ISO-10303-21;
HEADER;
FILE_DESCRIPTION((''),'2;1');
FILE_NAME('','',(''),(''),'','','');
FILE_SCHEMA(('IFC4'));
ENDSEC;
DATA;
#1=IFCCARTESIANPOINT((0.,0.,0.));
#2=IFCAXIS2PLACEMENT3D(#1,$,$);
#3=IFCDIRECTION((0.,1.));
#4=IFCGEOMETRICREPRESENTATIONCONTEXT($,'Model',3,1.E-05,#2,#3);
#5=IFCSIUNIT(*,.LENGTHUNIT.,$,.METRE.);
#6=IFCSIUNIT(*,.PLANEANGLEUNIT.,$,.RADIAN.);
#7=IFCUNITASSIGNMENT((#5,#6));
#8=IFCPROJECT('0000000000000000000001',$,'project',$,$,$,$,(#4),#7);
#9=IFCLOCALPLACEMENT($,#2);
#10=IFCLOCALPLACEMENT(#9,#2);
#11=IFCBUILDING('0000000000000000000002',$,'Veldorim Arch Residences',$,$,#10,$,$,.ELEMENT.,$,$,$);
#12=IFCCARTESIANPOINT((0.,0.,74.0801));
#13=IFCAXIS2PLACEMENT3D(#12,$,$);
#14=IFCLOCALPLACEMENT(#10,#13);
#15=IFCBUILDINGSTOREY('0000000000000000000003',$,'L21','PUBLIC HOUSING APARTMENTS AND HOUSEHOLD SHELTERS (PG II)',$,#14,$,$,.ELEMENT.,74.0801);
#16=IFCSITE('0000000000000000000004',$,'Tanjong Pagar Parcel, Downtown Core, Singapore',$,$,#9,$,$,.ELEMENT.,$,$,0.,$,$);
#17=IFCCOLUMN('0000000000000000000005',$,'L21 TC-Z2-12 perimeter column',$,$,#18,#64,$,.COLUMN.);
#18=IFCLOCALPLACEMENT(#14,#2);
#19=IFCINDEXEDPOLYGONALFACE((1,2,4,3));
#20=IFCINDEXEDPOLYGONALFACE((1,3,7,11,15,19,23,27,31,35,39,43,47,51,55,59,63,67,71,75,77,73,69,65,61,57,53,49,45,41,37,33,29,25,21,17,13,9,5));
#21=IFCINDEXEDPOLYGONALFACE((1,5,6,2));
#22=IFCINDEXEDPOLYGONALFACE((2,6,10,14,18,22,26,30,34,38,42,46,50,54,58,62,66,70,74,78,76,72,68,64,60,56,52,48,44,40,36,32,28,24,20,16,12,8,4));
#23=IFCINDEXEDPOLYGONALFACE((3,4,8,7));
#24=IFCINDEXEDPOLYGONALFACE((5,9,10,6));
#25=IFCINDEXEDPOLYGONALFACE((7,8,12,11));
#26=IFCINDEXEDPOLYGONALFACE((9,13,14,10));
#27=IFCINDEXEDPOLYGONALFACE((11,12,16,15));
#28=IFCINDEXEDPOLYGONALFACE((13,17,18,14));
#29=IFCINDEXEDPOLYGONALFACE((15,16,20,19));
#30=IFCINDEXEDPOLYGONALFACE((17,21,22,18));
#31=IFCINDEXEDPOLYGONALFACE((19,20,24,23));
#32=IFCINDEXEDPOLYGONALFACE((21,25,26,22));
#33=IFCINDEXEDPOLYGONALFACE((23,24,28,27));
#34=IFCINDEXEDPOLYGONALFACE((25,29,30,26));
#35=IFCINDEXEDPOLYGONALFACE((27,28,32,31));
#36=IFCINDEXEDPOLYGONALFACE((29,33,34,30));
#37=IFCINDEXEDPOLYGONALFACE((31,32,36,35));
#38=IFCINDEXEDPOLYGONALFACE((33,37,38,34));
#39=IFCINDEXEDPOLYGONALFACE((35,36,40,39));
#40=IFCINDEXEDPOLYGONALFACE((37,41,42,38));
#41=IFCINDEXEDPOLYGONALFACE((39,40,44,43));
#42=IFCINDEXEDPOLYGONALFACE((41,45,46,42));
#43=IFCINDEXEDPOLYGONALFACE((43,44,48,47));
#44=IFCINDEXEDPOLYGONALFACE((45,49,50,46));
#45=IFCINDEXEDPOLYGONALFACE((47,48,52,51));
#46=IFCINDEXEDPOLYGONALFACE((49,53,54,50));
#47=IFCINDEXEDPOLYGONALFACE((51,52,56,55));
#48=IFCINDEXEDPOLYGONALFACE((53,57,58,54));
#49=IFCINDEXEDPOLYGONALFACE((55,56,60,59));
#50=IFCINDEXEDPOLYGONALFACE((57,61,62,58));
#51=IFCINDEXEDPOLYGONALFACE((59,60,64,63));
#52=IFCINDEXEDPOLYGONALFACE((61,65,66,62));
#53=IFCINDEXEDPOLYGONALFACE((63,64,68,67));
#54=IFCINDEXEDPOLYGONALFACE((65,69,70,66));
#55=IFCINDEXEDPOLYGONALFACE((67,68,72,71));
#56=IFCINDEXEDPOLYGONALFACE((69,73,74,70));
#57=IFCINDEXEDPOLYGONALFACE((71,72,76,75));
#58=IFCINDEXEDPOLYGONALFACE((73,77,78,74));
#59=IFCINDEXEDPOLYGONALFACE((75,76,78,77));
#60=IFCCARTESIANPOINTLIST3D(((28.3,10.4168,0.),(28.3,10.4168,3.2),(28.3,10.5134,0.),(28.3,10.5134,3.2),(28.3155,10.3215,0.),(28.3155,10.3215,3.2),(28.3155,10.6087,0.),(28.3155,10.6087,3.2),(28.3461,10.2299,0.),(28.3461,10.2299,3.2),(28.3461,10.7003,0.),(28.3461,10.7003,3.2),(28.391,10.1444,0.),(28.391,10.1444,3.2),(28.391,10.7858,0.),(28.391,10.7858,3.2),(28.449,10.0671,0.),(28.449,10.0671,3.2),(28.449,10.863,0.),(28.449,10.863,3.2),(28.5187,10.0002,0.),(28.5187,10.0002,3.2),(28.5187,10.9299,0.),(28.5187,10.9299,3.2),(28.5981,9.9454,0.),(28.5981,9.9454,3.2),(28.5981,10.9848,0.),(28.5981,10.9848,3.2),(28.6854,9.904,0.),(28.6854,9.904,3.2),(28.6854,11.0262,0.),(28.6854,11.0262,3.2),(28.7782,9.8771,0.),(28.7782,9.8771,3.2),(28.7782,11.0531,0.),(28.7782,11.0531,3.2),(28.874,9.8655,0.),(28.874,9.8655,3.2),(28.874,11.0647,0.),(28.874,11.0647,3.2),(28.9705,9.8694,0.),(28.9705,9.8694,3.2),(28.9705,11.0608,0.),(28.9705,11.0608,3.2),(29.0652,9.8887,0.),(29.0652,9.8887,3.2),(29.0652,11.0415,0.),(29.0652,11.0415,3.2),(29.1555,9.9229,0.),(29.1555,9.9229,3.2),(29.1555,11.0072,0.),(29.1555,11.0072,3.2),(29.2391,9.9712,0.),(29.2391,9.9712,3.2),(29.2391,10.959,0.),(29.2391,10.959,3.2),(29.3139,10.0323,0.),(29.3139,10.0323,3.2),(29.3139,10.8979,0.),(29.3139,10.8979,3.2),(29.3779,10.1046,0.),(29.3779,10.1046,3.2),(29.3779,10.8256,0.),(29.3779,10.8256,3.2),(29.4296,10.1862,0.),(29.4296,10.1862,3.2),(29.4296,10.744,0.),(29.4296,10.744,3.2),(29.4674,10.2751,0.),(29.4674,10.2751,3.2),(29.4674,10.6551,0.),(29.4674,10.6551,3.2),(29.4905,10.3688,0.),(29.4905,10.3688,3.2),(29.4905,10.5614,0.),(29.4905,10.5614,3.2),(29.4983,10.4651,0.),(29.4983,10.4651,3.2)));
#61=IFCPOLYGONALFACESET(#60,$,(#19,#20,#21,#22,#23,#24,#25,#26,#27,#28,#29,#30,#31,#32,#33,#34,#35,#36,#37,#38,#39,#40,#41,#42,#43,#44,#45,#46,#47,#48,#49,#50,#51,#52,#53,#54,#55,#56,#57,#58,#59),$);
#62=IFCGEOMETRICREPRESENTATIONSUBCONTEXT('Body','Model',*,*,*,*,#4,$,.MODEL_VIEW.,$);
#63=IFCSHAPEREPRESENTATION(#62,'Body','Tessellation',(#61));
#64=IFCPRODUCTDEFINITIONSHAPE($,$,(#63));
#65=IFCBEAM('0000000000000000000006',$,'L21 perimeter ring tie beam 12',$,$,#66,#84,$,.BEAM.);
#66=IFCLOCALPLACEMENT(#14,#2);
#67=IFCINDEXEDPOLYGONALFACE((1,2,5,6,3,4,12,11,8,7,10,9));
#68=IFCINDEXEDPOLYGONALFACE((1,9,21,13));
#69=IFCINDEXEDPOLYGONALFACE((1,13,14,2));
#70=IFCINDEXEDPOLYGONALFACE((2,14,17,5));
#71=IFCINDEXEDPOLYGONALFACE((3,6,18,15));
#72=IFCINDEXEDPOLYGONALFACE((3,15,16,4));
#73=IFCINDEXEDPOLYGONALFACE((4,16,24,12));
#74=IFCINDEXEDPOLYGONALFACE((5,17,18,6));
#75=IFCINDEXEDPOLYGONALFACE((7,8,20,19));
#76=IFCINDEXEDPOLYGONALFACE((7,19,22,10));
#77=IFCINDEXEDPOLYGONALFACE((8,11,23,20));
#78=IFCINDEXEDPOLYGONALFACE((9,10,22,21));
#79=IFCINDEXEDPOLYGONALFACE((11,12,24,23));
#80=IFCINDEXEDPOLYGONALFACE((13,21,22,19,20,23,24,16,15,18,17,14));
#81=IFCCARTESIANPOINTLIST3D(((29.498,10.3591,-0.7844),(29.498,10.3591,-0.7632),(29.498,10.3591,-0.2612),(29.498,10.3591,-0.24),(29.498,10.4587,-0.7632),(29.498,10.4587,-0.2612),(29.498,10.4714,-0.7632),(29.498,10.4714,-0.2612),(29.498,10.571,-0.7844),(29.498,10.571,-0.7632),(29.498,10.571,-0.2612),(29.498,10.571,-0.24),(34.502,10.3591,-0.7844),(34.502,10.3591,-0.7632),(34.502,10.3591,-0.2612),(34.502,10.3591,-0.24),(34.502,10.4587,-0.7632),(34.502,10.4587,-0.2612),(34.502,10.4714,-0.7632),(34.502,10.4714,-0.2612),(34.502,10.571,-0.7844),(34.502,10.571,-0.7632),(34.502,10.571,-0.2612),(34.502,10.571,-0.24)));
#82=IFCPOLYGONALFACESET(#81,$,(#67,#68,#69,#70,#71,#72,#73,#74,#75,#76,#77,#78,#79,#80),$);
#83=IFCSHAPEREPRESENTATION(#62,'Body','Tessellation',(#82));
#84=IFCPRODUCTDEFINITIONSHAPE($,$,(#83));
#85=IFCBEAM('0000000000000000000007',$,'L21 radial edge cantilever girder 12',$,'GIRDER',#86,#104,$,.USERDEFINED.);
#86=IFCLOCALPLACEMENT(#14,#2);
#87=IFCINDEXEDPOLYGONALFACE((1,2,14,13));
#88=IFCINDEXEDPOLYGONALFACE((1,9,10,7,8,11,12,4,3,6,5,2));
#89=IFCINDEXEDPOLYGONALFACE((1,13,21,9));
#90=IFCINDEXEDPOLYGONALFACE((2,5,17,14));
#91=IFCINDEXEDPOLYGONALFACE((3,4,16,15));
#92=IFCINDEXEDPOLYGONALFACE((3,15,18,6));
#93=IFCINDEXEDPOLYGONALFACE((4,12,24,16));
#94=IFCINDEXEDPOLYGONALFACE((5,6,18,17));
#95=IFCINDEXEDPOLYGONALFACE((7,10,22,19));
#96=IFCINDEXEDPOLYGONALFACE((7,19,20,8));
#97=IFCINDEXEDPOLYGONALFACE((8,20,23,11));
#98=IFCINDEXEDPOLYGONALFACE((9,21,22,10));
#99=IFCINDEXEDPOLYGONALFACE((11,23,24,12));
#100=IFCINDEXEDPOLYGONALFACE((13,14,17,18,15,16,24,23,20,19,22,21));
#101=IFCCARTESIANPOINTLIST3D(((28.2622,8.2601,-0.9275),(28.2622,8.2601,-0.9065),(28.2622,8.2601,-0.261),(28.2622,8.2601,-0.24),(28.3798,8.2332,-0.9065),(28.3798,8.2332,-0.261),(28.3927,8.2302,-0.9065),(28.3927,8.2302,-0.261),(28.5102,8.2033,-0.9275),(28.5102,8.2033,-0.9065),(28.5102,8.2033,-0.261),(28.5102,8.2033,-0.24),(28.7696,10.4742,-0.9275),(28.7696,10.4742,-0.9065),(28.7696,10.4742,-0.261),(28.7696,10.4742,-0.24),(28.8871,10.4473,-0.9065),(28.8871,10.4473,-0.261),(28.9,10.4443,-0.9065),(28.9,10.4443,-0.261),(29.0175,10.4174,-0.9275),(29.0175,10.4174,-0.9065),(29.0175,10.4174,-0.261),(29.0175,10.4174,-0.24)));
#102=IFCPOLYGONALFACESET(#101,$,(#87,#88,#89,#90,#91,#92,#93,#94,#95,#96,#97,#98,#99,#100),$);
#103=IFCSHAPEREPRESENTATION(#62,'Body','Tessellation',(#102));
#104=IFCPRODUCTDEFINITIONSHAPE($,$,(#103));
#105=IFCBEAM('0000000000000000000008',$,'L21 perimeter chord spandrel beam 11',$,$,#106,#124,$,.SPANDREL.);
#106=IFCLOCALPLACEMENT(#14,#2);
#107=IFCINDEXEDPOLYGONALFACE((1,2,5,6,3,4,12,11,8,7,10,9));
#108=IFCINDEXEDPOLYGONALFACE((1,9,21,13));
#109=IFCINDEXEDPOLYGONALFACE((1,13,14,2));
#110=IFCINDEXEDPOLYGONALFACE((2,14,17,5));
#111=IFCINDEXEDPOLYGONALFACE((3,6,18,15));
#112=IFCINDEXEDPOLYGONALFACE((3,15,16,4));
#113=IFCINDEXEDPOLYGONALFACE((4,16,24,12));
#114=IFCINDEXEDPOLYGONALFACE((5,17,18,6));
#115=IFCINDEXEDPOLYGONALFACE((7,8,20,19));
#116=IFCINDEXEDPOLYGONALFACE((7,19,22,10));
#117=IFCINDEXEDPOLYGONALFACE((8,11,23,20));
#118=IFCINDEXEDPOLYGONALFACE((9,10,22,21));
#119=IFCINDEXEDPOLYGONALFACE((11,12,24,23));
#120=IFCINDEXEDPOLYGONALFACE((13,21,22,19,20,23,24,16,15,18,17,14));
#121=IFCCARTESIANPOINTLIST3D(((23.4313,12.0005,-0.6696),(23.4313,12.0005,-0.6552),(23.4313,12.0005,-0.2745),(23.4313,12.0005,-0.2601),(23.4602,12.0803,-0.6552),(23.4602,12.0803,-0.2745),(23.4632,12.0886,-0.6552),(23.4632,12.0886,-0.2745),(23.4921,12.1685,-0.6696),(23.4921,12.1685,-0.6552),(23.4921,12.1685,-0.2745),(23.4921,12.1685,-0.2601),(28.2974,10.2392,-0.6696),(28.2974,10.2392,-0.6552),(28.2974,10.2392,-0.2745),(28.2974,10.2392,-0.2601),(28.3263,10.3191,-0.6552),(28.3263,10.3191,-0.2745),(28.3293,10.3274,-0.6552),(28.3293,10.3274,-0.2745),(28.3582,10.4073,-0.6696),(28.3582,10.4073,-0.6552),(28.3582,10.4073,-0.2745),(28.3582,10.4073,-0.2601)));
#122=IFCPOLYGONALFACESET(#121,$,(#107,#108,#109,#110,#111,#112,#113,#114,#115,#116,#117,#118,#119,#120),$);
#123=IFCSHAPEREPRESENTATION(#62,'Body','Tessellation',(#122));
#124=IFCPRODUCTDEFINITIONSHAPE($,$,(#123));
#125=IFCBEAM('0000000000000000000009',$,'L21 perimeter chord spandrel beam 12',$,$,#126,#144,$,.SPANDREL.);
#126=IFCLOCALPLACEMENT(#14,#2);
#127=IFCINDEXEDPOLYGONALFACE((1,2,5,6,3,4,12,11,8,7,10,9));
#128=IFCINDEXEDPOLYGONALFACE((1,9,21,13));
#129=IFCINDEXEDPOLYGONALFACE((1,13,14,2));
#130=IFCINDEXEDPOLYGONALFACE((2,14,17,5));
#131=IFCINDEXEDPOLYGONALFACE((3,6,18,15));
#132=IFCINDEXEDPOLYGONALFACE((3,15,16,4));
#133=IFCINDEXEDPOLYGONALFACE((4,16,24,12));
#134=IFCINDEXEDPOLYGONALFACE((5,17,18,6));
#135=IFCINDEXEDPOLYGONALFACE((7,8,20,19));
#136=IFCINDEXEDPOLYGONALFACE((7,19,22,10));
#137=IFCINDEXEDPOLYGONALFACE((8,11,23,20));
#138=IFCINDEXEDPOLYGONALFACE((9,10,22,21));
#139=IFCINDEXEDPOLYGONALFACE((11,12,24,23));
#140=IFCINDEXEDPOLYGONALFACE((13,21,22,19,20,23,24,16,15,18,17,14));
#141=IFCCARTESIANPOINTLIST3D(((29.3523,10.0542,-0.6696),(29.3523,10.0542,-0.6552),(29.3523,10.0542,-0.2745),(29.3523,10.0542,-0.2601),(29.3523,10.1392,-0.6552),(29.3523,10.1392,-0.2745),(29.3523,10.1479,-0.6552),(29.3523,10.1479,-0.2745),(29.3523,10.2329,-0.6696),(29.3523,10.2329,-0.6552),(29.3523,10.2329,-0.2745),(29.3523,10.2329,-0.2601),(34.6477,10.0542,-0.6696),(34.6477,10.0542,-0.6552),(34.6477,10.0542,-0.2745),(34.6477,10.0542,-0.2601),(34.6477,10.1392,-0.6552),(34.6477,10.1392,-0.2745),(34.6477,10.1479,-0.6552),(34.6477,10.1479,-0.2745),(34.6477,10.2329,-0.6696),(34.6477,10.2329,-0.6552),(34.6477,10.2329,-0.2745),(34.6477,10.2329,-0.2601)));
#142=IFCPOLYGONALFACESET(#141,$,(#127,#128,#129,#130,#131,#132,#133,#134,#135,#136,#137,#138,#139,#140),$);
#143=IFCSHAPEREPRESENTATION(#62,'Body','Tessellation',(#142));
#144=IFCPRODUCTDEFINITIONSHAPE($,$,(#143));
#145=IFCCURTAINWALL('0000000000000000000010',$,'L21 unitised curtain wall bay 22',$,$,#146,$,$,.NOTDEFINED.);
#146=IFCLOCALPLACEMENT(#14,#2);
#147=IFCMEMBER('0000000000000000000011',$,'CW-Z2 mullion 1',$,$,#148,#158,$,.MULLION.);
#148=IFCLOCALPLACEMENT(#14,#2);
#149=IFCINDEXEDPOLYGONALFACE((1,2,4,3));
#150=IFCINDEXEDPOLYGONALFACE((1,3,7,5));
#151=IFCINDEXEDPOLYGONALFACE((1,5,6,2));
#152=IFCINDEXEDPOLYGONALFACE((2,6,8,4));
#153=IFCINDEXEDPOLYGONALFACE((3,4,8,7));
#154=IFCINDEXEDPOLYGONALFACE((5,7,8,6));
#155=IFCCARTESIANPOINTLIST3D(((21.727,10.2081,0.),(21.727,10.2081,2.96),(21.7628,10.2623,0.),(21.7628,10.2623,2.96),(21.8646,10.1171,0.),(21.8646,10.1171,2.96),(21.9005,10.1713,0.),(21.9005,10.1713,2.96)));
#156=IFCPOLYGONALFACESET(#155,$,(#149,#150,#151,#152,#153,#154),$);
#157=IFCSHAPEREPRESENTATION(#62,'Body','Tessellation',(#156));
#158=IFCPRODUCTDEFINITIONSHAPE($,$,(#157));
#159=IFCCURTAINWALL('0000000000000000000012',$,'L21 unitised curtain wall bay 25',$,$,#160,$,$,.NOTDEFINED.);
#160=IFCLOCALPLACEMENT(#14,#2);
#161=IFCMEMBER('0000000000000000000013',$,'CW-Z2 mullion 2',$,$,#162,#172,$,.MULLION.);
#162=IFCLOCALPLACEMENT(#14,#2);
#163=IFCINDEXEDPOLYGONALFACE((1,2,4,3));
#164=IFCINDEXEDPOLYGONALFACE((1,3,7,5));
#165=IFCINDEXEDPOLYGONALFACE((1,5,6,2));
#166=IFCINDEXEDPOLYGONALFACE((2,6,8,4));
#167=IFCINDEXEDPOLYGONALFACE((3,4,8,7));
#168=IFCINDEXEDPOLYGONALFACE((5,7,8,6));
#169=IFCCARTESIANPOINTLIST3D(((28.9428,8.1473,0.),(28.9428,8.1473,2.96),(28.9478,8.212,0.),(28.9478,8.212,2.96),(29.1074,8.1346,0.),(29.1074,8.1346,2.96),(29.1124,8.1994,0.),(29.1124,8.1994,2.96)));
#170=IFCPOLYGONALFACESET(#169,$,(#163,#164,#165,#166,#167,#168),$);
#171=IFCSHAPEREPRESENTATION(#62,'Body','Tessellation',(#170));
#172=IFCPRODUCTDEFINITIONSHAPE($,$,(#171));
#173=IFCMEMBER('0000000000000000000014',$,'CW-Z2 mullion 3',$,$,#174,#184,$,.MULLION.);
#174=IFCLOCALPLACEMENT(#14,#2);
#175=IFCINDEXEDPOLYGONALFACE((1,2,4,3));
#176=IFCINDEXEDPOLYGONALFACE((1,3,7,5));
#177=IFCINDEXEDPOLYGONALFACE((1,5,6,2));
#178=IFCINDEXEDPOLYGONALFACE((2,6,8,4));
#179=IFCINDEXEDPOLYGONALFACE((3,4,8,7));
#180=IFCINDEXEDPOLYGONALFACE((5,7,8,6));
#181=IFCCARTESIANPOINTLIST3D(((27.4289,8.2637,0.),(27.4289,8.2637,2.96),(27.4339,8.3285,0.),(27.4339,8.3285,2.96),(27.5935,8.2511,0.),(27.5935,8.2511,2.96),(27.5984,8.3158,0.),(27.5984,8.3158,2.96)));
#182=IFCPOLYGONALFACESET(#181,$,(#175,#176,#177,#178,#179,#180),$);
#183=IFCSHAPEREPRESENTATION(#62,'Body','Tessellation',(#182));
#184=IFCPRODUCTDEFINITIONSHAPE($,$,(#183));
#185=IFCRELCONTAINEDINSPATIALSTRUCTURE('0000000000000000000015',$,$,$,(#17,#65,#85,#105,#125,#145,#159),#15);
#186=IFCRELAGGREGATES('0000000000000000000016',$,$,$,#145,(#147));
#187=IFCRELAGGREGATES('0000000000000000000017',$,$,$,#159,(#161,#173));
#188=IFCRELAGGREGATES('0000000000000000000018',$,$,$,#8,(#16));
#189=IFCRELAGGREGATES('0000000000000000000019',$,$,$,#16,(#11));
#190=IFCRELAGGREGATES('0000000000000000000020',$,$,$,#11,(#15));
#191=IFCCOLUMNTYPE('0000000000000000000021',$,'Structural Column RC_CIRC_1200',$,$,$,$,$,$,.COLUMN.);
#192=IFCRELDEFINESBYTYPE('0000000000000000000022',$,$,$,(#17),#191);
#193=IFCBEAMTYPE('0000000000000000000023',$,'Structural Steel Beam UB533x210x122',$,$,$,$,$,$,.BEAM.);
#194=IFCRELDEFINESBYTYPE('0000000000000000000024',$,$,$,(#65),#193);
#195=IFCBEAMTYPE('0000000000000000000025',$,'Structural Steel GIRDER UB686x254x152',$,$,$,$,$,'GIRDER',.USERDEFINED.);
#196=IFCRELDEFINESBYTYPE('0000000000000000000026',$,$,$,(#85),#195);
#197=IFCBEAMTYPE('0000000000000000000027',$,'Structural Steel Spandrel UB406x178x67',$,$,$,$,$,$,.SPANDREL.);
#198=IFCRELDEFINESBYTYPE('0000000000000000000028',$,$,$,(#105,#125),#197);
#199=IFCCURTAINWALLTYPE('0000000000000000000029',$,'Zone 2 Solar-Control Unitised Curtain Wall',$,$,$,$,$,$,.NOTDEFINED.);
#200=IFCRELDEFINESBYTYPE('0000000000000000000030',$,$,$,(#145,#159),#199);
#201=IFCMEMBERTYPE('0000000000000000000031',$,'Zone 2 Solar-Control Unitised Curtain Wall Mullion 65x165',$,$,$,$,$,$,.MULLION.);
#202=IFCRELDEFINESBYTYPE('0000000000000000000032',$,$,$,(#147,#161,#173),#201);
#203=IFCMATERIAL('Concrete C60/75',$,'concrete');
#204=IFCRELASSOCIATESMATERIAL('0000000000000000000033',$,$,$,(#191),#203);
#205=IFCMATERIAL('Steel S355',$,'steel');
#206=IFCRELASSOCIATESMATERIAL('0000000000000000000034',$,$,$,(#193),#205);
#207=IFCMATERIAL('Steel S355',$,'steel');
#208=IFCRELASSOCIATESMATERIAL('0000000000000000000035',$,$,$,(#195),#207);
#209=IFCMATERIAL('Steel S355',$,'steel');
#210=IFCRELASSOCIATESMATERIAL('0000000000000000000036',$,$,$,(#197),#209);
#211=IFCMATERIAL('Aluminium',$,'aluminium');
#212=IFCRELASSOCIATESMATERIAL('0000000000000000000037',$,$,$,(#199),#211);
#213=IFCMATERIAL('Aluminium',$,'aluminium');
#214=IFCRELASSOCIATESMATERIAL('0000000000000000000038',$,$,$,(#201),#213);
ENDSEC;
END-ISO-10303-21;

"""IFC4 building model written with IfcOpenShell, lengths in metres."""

from ifc_helpers import new_model, si_unit, direction, frame, origin, origin_2d, place, context, subcontext, project, spatial, rectangle, circle, i_section, extrude, material, material_profile, profile_set, type_object, element, aggregate, save


model = new_model("IFC4")

# Units and contexts
model_context = context("Model", 3, precision=1e-05, world=origin(), true_north=direction((0.0, 1.0)))
body_context = subcontext(model_context, "Body", "Model", "MODEL_VIEW")
ifc_project = project(units=[si_unit("LENGTHUNIT", "METRE"), si_unit("PLANEANGLEUNIT", "RADIAN")], contexts=[model_context])

# Site, building, storey
site_placement = place(None, origin())
site = spatial("IfcSite", under=ifc_project, at=site_placement, Name="Tanjong Pagar Parcel, Downtown Core, Singapore", CompositionType="ELEMENT", RefElevation=0.0)
building_placement = place(site_placement, origin())
building = spatial("IfcBuilding", under=site, at=building_placement, Name="Veldorim Arch Residences", CompositionType="ELEMENT")
storey_placement = place(building_placement, frame((0.0, 0.0, 74.0801)))
storey = spatial("IfcBuildingStorey", under=building, at=storey_placement, Name="L21", Description="PUBLIC HOUSING APARTMENTS AND HOUSEHOLD SHELTERS (PG II)", CompositionType="ELEMENT", Elevation=74.0801)

# Column
ifc_material_1 = material(Name="Concrete C60/75", Category="concrete")
ifc_material_profile_1 = material_profile(ifc_material_1, circle(Radius=0.6001, at=origin_2d()), Name="RC_CIRC_1200")
ifc_profile_set_1 = profile_set([ifc_material_profile_1], Name="Concrete C60/75")
column_type = type_object("IfcColumnType", Name="Structural Column RC_CIRC_1200", PredefinedType="COLUMN", material=ifc_profile_set_1)
column_placement = place(storey_placement, frame((28.8982, 10.4651, 0.0), z_axis=(0.0, 0.0, 1.0), x_axis=(1.0, 0.0, 0.0)))
element("IfcColumn", 1, at=column_placement, inside=storey, type_object=column_type, Name="L21 TC-Z2-12 perimeter column", PredefinedType="COLUMN", context=body_context, shape_type="SweptSolid", body=[
    extrude(circle(Radius=0.6001, at=origin_2d()), origin(), (0.0, 0.0, 1.0), 3.2),
])

# Beams
ifc_material_2 = material(Name="Steel S355", Category="steel")
ifc_material_profile_2 = material_profile(ifc_material_2, i_section(OverallWidth=0.2119, OverallDepth=0.5444, WebThickness=0.0127, FlangeThickness=0.0212, at=origin_2d()), Name="UB533x210x122")
ifc_profile_set_2 = profile_set([ifc_material_profile_2], Name="Steel S355")
beam_type_1 = type_object("IfcBeamType", Name="Structural Steel Beam UB533x210x122", PredefinedType="BEAM", material=ifc_profile_set_2)
beam_1_placement = place(storey_placement, frame((29.498, 10.4651, -0.5122), z_axis=(1.0, 0.0, 0.0), x_axis=(0.0, 1.0, 0.0)))
element("IfcBeam", 2, at=beam_1_placement, inside=storey, type_object=beam_type_1, Name="L21 perimeter ring tie beam 12", PredefinedType="BEAM", context=body_context, shape_type="SweptSolid", body=[
    extrude(i_section(OverallWidth=0.2119, OverallDepth=0.5444, WebThickness=0.0127, FlangeThickness=0.0212, at=origin_2d()), origin(), (0.0, 0.0, 1.0), 5.0039),
])
ifc_material_3 = material(Name="Steel S355", Category="steel")
ifc_material_profile_3 = material_profile(ifc_material_3, i_section(OverallWidth=0.2544, OverallDepth=0.6875, WebThickness=0.0132, FlangeThickness=0.021, at=origin_2d()), Name="UB686x254x152")
ifc_profile_set_3 = profile_set([ifc_material_profile_3], Name="Steel S355")
beam_type_2 = type_object("IfcBeamType", Name="Structural Steel GIRDER UB686x254x152", ElementType="GIRDER", PredefinedType="USERDEFINED", material=ifc_profile_set_3)
beam_2_placement = place(storey_placement, frame((28.8936, 10.4458, -0.5837), z_axis=(-0.223344, -0.97474, 0.0), x_axis=(0.97474, -0.223344, 0.0)))
element("IfcBeam", 3, at=beam_2_placement, inside=storey, type_object=beam_type_2, Name="L21 radial edge cantilever girder 12", ObjectType="GIRDER", PredefinedType="USERDEFINED", context=body_context, shape_type="SweptSolid", body=[
    extrude(i_section(OverallWidth=0.2544, OverallDepth=0.6875, WebThickness=0.0132, FlangeThickness=0.021, at=origin_2d()), origin(), (0.0, 0.0, 1.0), 2.2715),
])
ifc_material_4 = material(Name="Steel S355", Category="steel")
ifc_material_profile_4 = material_profile(ifc_material_4, i_section(OverallWidth=0.1787, OverallDepth=0.4094, WebThickness=0.0088, FlangeThickness=0.0144, at=origin_2d()), Name="UB406x178x67")
ifc_profile_set_4 = profile_set([ifc_material_profile_4], Name="Steel S355")
beam_type_3 = type_object("IfcBeamType", Name="Structural Steel Spandrel UB406x178x67", PredefinedType="SPANDREL", material=ifc_profile_set_4)
beam_3_placement = place(storey_placement, frame((23.4617, 12.0845, -0.4648), z_axis=(0.940308, -0.340326, 0.0), x_axis=(0.340326, 0.940308, 0.0)))
element("IfcBeam", 4, at=beam_3_placement, inside=storey, type_object=beam_type_3, Name="L21 perimeter chord spandrel beam 11", PredefinedType="SPANDREL", context=body_context, shape_type="SweptSolid", body=[
    extrude(i_section(OverallWidth=0.1787, OverallDepth=0.4094, WebThickness=0.0088, FlangeThickness=0.0144, at=origin_2d()), origin(), (0.0, 0.0, 1.0), 5.175),
])
beam_4_placement = place(storey_placement, frame((29.3523, 10.1436, -0.4648), z_axis=(1.0, 0.0, 0.0), x_axis=(0.0, 1.0, 0.0)))
element("IfcBeam", 5, at=beam_4_placement, inside=storey, type_object=beam_type_3, Name="L21 perimeter chord spandrel beam 12", PredefinedType="SPANDREL", context=body_context, shape_type="SweptSolid", body=[
    extrude(i_section(OverallWidth=0.1787, OverallDepth=0.4094, WebThickness=0.0088, FlangeThickness=0.0144, at=origin_2d()), origin(), (0.0, 0.0, 1.0), 5.2954),
])

# Curtain wall, member
ifc_material_5 = material(Name="Aluminium", Category="aluminium")
curtain_wall_type = type_object("IfcCurtainWallType", Name="Zone 2 Solar-Control Unitised Curtain Wall", PredefinedType="NOTDEFINED", material=ifc_material_5)
curtain_wall_1_placement = place(storey_placement, origin())
curtain_wall_1 = element("IfcCurtainWall", 6, at=curtain_wall_1_placement, inside=storey, type_object=curtain_wall_type, Name="L21 unitised curtain wall bay 22", PredefinedType="NOTDEFINED")
ifc_material_6 = material(Name="Aluminium", Category="aluminium")
ifc_material_profile_5 = material_profile(ifc_material_6, rectangle(XDim=0.0649, YDim=0.165, at=origin_2d()), Name="ALU_MUL_65x165")
ifc_profile_set_5 = profile_set([ifc_material_profile_5], Name="Aluminium")
member_type_1 = type_object("IfcMemberType", Name="Zone 2 Solar-Control Unitised Curtain Wall Mullion 65x165", PredefinedType="MULLION", material=ifc_profile_set_5)
member_1_placement = place(storey_placement, frame((21.8137, 10.1897, 0.0), z_axis=(0.0, 0.0, 1.0), x_axis=(-0.551503, -0.834173, 0.0)))
member_1 = element("IfcMember", 7, at=member_1_placement, type_object=member_type_1, Name="CW-Z2 mullion 1", PredefinedType="MULLION", context=body_context, shape_type="SweptSolid", body=[
    extrude(rectangle(XDim=0.0649, YDim=0.165, at=origin_2d()), origin(), (0.0, 0.0, 1.0), 2.96),
])

# Curtain wall, members
curtain_wall_2_placement = place(storey_placement, origin())
curtain_wall_2 = element("IfcCurtainWall", 8, at=curtain_wall_2_placement, inside=storey, type_object=curtain_wall_type, Name="L21 unitised curtain wall bay 25", PredefinedType="NOTDEFINED")
member_2_placement = place(storey_placement, frame((29.0276, 8.1733, 0.0), z_axis=(0.0, 0.0, 1.0), x_axis=(-0.076696, -0.997054, 0.0)))
member_2 = element("IfcMember", 9, at=member_2_placement, type_object=member_type_1, Name="CW-Z2 mullion 2", PredefinedType="MULLION", context=body_context, shape_type="SweptSolid", body=[
    extrude(rectangle(XDim=0.0649, YDim=0.165, at=origin_2d()), origin(), (0.0, 0.0, 1.0), 2.96),
])
member_3_placement = place(storey_placement, frame((27.5137, 8.2898, 0.0), z_axis=(0.0, 0.0, 1.0), x_axis=(-0.076696, -0.997054, 0.0)))
member_3 = element("IfcMember", 10, at=member_3_placement, type_object=member_type_1, Name="CW-Z2 mullion 3", PredefinedType="MULLION", context=body_context, shape_type="SweptSolid", body=[
    extrude(rectangle(XDim=0.0649, YDim=0.165, at=origin_2d()), origin(), (0.0, 0.0, 1.0), 2.96),
])

aggregate(curtain_wall_1, [member_1])

aggregate(curtain_wall_2, [member_2, member_3])

save(model, "model.ifc")
